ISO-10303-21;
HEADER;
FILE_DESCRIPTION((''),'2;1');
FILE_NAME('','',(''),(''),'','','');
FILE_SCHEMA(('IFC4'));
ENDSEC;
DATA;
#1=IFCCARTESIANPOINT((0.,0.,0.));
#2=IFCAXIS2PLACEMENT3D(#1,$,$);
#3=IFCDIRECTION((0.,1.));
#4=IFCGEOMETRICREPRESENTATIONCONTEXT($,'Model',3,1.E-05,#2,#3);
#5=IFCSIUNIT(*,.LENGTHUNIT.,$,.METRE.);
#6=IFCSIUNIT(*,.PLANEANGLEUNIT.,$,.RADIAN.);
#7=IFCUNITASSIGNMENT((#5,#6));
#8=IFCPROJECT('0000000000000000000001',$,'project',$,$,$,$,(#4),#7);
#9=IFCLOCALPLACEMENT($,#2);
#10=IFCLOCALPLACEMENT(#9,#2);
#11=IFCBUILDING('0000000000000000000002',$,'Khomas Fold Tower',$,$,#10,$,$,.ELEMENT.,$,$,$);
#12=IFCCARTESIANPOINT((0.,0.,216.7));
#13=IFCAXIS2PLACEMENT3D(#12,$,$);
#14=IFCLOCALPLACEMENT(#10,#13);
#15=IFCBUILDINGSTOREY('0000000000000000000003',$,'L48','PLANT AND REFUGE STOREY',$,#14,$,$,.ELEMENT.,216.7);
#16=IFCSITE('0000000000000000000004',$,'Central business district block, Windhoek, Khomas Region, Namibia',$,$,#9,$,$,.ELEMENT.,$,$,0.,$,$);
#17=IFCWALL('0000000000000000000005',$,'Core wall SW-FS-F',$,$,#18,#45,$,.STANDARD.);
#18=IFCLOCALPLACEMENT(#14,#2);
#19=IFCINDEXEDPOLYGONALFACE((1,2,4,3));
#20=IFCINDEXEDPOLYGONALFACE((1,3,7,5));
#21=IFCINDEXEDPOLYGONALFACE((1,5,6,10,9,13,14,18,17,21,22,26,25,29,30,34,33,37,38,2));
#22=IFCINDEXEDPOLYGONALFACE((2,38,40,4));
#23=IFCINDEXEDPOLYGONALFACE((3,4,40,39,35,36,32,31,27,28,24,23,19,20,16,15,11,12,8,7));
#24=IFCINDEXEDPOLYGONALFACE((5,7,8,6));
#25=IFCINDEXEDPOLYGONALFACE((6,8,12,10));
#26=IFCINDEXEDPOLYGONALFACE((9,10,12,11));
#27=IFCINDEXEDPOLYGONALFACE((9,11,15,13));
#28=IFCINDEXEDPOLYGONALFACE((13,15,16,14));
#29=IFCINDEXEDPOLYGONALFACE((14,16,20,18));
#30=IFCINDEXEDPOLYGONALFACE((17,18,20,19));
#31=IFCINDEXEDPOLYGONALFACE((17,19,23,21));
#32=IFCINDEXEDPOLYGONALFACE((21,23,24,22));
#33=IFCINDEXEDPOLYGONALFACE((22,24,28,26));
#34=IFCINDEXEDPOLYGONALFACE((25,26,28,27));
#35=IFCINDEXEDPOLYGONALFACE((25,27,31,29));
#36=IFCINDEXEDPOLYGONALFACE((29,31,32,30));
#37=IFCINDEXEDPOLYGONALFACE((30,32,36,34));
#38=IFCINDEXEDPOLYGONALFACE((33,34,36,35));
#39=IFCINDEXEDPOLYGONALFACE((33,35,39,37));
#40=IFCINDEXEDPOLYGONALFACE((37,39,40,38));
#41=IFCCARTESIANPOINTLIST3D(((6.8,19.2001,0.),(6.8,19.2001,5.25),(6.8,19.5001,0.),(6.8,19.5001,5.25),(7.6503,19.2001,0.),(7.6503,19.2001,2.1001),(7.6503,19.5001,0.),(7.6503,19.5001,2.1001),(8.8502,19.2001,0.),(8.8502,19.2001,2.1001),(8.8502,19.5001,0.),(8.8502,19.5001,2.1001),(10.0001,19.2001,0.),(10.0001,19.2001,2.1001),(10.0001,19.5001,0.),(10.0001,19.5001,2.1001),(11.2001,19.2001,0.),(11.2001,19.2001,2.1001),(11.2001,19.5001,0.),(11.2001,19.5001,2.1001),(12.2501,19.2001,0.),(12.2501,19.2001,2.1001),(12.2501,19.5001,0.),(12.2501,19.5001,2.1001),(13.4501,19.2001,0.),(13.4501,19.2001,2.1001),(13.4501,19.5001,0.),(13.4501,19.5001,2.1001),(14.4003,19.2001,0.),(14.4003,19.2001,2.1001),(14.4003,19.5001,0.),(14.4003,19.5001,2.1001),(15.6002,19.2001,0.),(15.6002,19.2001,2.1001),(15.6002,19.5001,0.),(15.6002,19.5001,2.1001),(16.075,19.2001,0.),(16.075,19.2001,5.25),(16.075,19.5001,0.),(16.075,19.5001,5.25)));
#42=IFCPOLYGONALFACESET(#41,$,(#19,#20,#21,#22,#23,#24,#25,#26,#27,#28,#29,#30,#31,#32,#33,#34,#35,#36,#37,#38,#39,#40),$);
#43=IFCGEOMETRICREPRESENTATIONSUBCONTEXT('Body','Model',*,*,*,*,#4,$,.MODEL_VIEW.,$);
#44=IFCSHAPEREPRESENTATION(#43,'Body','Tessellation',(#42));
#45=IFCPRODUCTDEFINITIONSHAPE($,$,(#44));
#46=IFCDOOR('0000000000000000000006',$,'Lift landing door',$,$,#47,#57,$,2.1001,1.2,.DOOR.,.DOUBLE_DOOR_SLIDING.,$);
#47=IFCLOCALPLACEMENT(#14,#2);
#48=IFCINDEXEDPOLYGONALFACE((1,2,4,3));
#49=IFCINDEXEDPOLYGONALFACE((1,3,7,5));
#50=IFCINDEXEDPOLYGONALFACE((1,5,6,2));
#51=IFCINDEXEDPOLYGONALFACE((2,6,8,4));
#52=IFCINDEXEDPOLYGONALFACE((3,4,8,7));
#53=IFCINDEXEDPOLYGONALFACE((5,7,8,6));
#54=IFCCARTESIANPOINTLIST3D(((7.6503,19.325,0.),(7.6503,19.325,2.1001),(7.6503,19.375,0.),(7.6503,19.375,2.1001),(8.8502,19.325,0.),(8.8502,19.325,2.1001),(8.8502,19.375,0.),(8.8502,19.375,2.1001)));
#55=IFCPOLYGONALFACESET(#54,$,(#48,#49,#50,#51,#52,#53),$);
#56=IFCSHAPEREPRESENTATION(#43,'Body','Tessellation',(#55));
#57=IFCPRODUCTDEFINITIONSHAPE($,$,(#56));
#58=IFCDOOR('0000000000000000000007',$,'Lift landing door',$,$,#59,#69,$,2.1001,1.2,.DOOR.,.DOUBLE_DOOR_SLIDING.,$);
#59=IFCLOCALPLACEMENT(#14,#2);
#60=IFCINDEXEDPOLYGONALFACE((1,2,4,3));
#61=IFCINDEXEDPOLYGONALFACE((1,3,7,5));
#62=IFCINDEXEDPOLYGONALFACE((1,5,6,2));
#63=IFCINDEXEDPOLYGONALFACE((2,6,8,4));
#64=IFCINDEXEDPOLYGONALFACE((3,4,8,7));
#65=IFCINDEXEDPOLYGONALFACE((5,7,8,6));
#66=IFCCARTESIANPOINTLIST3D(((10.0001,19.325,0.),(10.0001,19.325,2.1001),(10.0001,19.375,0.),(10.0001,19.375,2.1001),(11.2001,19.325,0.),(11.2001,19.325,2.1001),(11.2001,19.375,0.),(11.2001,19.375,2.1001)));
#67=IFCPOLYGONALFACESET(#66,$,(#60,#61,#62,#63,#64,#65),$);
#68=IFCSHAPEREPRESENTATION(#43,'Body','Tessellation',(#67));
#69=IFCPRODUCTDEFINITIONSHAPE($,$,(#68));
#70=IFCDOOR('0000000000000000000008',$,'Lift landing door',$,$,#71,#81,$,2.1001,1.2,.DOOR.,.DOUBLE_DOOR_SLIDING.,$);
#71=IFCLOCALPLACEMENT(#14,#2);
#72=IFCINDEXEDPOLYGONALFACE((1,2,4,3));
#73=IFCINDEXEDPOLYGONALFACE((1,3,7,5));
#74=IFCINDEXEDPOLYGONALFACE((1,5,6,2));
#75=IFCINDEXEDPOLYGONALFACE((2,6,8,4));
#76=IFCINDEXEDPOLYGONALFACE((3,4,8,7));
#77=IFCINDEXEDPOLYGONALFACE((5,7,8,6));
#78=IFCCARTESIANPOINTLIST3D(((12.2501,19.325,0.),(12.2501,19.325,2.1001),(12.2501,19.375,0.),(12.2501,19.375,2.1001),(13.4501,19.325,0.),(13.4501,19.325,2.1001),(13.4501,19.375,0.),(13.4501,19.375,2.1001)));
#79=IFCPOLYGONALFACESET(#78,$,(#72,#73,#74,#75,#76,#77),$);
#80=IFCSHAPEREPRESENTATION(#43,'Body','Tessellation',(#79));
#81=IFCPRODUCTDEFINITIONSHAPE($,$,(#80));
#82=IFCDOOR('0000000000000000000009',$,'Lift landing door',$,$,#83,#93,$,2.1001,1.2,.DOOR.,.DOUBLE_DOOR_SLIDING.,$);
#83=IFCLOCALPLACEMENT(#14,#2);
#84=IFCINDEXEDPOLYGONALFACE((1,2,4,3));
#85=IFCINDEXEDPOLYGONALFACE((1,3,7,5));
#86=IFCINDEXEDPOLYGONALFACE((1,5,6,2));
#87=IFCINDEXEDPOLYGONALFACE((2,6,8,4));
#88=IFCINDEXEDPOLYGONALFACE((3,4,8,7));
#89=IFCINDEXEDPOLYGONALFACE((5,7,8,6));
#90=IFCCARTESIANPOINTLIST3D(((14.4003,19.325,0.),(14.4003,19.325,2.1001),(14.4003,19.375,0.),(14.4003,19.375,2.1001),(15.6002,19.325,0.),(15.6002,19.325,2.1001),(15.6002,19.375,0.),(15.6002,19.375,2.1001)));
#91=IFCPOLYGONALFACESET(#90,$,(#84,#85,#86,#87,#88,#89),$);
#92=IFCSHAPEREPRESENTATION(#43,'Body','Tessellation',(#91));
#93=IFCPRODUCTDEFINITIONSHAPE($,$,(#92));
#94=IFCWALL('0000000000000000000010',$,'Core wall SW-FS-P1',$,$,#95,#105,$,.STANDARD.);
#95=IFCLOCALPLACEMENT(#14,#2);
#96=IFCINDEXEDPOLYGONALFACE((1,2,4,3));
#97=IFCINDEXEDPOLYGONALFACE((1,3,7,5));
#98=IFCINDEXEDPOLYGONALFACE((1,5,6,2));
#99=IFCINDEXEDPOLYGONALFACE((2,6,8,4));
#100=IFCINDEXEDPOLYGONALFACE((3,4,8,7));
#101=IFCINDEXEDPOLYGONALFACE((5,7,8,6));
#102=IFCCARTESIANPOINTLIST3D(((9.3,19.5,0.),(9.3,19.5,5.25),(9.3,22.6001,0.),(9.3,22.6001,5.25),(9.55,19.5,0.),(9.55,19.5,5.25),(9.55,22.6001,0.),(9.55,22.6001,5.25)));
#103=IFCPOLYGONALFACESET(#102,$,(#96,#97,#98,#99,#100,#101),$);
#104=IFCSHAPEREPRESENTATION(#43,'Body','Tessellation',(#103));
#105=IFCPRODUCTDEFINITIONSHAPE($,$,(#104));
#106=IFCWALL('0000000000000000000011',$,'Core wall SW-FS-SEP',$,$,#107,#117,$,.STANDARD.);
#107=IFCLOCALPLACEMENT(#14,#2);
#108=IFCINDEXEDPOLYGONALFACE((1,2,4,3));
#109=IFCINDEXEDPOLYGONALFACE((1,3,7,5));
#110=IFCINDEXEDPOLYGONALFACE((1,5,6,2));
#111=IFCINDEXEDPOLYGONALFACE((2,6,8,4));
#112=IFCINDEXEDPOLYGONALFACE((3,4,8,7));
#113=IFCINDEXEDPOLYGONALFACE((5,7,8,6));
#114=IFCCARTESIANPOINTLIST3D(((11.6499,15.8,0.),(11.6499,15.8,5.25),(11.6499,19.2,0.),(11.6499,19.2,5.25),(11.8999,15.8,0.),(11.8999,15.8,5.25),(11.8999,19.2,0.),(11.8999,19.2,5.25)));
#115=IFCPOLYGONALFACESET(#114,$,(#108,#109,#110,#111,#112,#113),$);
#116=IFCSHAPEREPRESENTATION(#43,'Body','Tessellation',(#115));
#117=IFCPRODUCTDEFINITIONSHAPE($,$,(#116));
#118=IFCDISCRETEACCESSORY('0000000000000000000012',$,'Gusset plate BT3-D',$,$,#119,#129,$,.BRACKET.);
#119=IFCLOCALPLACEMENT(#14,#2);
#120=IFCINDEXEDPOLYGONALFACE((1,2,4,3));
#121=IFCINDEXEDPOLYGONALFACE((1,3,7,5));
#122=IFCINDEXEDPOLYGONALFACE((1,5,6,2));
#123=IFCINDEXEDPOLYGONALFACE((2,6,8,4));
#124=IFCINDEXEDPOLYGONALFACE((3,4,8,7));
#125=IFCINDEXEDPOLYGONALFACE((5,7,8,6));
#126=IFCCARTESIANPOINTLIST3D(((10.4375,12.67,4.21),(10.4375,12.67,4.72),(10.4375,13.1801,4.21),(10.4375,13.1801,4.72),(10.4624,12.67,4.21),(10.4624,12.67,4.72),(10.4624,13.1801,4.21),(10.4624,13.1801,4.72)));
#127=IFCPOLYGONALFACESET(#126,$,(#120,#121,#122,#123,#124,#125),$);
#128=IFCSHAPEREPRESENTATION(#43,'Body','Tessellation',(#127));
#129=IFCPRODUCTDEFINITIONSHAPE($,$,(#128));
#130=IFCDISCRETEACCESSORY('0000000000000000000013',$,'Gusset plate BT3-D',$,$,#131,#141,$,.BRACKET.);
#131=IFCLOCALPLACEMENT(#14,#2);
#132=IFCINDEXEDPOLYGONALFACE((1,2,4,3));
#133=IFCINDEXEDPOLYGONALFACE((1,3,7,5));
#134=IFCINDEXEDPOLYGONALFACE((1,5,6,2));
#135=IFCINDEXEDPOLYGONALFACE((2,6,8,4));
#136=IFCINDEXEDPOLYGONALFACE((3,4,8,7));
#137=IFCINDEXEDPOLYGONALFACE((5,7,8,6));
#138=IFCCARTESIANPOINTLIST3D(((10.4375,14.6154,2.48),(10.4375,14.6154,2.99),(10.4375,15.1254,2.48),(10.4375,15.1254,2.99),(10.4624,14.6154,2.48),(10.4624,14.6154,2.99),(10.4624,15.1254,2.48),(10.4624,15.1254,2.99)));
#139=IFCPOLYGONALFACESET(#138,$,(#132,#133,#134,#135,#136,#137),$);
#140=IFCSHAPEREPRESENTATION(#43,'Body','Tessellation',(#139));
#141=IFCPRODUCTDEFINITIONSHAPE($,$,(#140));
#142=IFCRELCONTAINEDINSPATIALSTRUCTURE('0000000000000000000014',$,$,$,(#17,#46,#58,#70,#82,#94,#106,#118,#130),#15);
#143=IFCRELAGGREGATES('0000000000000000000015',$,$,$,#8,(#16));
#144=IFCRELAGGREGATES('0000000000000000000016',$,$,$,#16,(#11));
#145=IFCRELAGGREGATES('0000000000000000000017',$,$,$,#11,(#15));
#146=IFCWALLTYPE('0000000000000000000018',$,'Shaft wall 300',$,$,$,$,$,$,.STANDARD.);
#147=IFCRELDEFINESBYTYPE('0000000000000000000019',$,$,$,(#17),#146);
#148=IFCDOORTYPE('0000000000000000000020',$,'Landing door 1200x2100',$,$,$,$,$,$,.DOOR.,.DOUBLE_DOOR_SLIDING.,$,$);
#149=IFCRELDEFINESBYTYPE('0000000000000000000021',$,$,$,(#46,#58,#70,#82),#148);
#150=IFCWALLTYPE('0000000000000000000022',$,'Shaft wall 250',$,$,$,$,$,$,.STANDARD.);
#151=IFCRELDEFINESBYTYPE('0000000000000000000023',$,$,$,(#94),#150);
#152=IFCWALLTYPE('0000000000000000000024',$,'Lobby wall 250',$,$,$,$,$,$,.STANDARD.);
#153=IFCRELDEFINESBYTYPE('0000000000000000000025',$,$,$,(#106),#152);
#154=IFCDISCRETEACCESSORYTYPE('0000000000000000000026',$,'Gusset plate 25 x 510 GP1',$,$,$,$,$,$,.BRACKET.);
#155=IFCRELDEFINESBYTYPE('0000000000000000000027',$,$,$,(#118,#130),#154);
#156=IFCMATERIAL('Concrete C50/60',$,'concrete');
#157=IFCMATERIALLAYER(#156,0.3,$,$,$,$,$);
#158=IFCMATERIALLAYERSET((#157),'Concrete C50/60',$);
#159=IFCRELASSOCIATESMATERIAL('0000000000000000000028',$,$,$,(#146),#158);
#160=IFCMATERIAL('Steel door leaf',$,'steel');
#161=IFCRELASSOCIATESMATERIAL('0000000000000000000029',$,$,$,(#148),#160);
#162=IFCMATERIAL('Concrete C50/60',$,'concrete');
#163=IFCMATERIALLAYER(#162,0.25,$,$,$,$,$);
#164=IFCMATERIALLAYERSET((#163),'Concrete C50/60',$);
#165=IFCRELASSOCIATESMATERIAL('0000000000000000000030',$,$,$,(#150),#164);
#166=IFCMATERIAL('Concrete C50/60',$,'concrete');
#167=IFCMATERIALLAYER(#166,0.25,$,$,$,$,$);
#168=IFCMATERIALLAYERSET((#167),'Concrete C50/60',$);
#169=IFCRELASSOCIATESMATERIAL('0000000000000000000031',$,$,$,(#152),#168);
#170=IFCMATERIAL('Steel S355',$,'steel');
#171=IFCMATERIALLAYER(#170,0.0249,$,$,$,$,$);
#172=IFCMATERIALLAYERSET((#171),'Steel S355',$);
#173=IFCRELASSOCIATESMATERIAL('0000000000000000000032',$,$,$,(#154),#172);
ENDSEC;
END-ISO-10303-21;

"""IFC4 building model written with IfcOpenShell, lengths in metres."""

from ifc_helpers import new_model, si_unit, direction, frame, frame_2d, origin, origin_2d, place, context, subcontext, project, spatial, rectangle, extrude, source, transform, mapped, material, layer, layer_set, type_object, element, fill, save


model = new_model("IFC4")

# Units and contexts
model_context = context("Model", 3, precision=1e-05, world=origin(), true_north=direction((0.0, 1.0)))
body_context = subcontext(model_context, "Body", "Model", "MODEL_VIEW")
ifc_project = project(units=[si_unit("LENGTHUNIT", "METRE"), si_unit("PLANEANGLEUNIT", "RADIAN")], contexts=[model_context])

# Site, building, storey
site_placement = place(None, origin())
site = spatial("IfcSite", under=ifc_project, at=site_placement, Name="Central business district block, Windhoek, Khomas Region, Namibia", CompositionType="ELEMENT", RefElevation=0.0)
building_placement = place(site_placement, origin())
building = spatial("IfcBuilding", under=site, at=building_placement, Name="Khomas Fold Tower", CompositionType="ELEMENT")
storey_placement = place(building_placement, frame((0.0, 0.0, 216.7)))
storey = spatial("IfcBuildingStorey", under=building, at=storey_placement, Name="L48", Description="PLANT AND REFUGE STOREY", CompositionType="ELEMENT", Elevation=216.7)

# Wall, openings, doors
ifc_material_1 = material(Name="Concrete C50/60", Category="concrete")
ifc_layer_1 = layer(ifc_material_1, 0.3)
ifc_layer_set_1 = layer_set([ifc_layer_1], Name="Concrete C50/60")
wall_type_1 = type_object("IfcWallType", Name="Shaft wall 300", PredefinedType="STANDARD", material=ifc_layer_set_1)
shared_shape_1 = source(origin(), body_context, "Body", "SweptSolid", [
    extrude(rectangle(XDim=9.2749, YDim=0.3, at=frame_2d((4.6375, 0.0))), origin(), (0.0, 0.0, 1.0), 5.25),
])
wall_1_placement = place(storey_placement, frame((6.8, 19.3501, 0.0), z_axis=(0.0, 0.0, 1.0), x_axis=(1.0, 0.0, 0.0)))
wall_1 = element("IfcWall", 1, at=wall_1_placement, inside=storey, type_object=wall_type_1, Name="Core wall SW-FS-F", PredefinedType="STANDARD", context=body_context, shape_type="MappedRepresentation", body=[
    mapped(shared_shape_1, transform((0.0, 0.0, 0.0))),
])
shared_shape_2 = source(origin(), body_context, "Body", "SweptSolid", [
    extrude(rectangle(XDim=1.2, YDim=2.1001, at=frame_2d((0.6001, 1.05))), frame((0.0, 0.1599, 0.0), z_axis=(0.0, -1.0, 0.0), x_axis=(1.0, 0.0, 0.0)), (0.0, 0.0, 1.0), 0.3201),
])
opening_1_placement = place(wall_1_placement, frame((0.8501, 0.0, 0.0)))
opening_1 = element("IfcOpeningElement", 2, at=opening_1_placement, cuts=wall_1, PredefinedType="OPENING", context=body_context, shape_type="MappedRepresentation", body=[
    mapped(shared_shape_2, transform((0.0, 0.0, 0.0))),
])
opening_2_placement = place(wall_1_placement, frame((3.2, 0.0, 0.0)))
opening_2 = element("IfcOpeningElement", 3, at=opening_2_placement, cuts=wall_1, PredefinedType="OPENING", context=body_context, shape_type="MappedRepresentation", body=[
    mapped(shared_shape_2, transform((0.0, 0.0, 0.0))),
])
opening_3_placement = place(wall_1_placement, frame((5.45, 0.0, 0.0)))
opening_3 = element("IfcOpeningElement", 4, at=opening_3_placement, cuts=wall_1, PredefinedType="OPENING", context=body_context, shape_type="MappedRepresentation", body=[
    mapped(shared_shape_2, transform((0.0, 0.0, 0.0))),
])
opening_4_placement = place(wall_1_placement, frame((7.6001, 0.0, 0.0)))
opening_4 = element("IfcOpeningElement", 5, at=opening_4_placement, cuts=wall_1, PredefinedType="OPENING", context=body_context, shape_type="MappedRepresentation", body=[
    mapped(shared_shape_2, transform((0.0, 0.0, 0.0))),
])
ifc_material_2 = material(Name="Steel door leaf", Category="steel")
door_type_1 = type_object("IfcDoorType", Name="Landing door 1200x2100", OperationType="DOUBLE_DOOR_SLIDING", PredefinedType="DOOR", material=ifc_material_2)
shared_shape_3 = source(origin(), body_context, "Body", "SweptSolid", [
    extrude(rectangle(XDim=1.2, YDim=2.1001, at=frame_2d((0.6001, 1.05))), frame((0.0, 0.0249, 0.0), z_axis=(0.0, -1.0, 0.0), x_axis=(1.0, 0.0, 0.0)), (0.0, 0.0, 1.0), 0.05),
])
door_1_placement = place(opening_1_placement, origin())
door_1 = element("IfcDoor", 6, at=door_1_placement, inside=storey, type_object=door_type_1, Name="Lift landing door", OperationType="DOUBLE_DOOR_SLIDING", OverallHeight=2.1001, OverallWidth=1.2, PredefinedType="DOOR", context=body_context, shape_type="MappedRepresentation", body=[
    mapped(shared_shape_3, transform((0.0, 0.0, 0.0))),
])
fill(opening_1, door_1)
door_2_placement = place(opening_2_placement, origin())
door_2 = element("IfcDoor", 7, at=door_2_placement, inside=storey, type_object=door_type_1, Name="Lift landing door", OperationType="DOUBLE_DOOR_SLIDING", OverallHeight=2.1001, OverallWidth=1.2, PredefinedType="DOOR", context=body_context, shape_type="MappedRepresentation", body=[
    mapped(shared_shape_3, transform((0.0, 0.0, 0.0))),
])
fill(opening_2, door_2)
door_3_placement = place(opening_3_placement, origin())
door_3 = element("IfcDoor", 8, at=door_3_placement, inside=storey, type_object=door_type_1, Name="Lift landing door", OperationType="DOUBLE_DOOR_SLIDING", OverallHeight=2.1001, OverallWidth=1.2, PredefinedType="DOOR", context=body_context, shape_type="MappedRepresentation", body=[
    mapped(shared_shape_3, transform((0.0, 0.0, 0.0))),
])
fill(opening_3, door_3)
door_4_placement = place(opening_4_placement, origin())
door_4 = element("IfcDoor", 9, at=door_4_placement, inside=storey, type_object=door_type_1, Name="Lift landing door", OperationType="DOUBLE_DOOR_SLIDING", OverallHeight=2.1001, OverallWidth=1.2, PredefinedType="DOOR", context=body_context, shape_type="MappedRepresentation", body=[
    mapped(shared_shape_3, transform((0.0, 0.0, 0.0))),
])
fill(opening_4, door_4)

# Walls
ifc_material_3 = material(Name="Concrete C50/60", Category="concrete")
ifc_layer_2 = layer(ifc_material_3, 0.25)
ifc_layer_set_2 = layer_set([ifc_layer_2], Name="Concrete C50/60")
wall_type_2 = type_object("IfcWallType", Name="Shaft wall 250", PredefinedType="STANDARD", material=ifc_layer_set_2)
shared_shape_4 = source(origin(), body_context, "Body", "SweptSolid", [
    extrude(rectangle(XDim=3.1001, YDim=0.25, at=frame_2d((1.55, 0.0))), origin(), (0.0, 0.0, 1.0), 5.25),
])
wall_2_placement = place(storey_placement, frame((9.425, 19.5, 0.0), z_axis=(0.0, 0.0, 1.0), x_axis=(0.0, 1.0, 0.0)))
element("IfcWall", 10, at=wall_2_placement, inside=storey, type_object=wall_type_2, Name="Core wall SW-FS-P1", PredefinedType="STANDARD", context=body_context, shape_type="MappedRepresentation", body=[
    mapped(shared_shape_4, transform((0.0, 0.0, 0.0))),
])
ifc_material_4 = material(Name="Concrete C50/60", Category="concrete")
ifc_layer_3 = layer(ifc_material_4, 0.25)
ifc_layer_set_3 = layer_set([ifc_layer_3], Name="Concrete C50/60")
wall_type_3 = type_object("IfcWallType", Name="Lobby wall 250", PredefinedType="STANDARD", material=ifc_layer_set_3)
shared_shape_5 = source(origin(), body_context, "Body", "SweptSolid", [
    extrude(rectangle(XDim=3.3999, YDim=0.25, at=frame_2d((1.7, 0.0))), origin(), (0.0, 0.0, 1.0), 5.25),
])
wall_3_placement = place(storey_placement, frame((11.7749, 15.8, 0.0), z_axis=(0.0, 0.0, 1.0), x_axis=(0.0, 1.0, 0.0)))
element("IfcWall", 11, at=wall_3_placement, inside=storey, type_object=wall_type_3, Name="Core wall SW-FS-SEP", PredefinedType="STANDARD", context=body_context, shape_type="MappedRepresentation", body=[
    mapped(shared_shape_5, transform((0.0, 0.0, 0.0))),
])

# Discrete accessories
ifc_material_5 = material(Name="Steel S355", Category="steel")
ifc_layer_4 = layer(ifc_material_5, 0.0249)
ifc_layer_set_4 = layer_set([ifc_layer_4], Name="Steel S355")
discrete_accessory_type = type_object("IfcDiscreteAccessoryType", Name="Gusset plate 25 x 510 GP1", PredefinedType="BRACKET", material=ifc_layer_set_4)
shared_shape_6 = source(origin(), body_context, "Body", "SweptSolid", [
    extrude(rectangle(XDim=0.51, YDim=0.0249, at=origin_2d()), origin(), (0.0, 0.0, 1.0), 0.51),
])
for number, where, z_axis, x_axis, name in (
    (12, (10.45, 12.925, 4.21), (0.0, 0.0, 1.0), (0.0, 1.0, 0.0), "Gusset plate BT3-D"),
    (13, (10.45, 14.8704, 2.48), (0.0, 0.0, 1.0), (0.0, 1.0, 0.0), "Gusset plate BT3-D"),
):
    element("IfcDiscreteAccessory", number, at=place(storey_placement, frame(where, z_axis=z_axis, x_axis=x_axis)), inside=storey, type_object=discrete_accessory_type, Name=name, PredefinedType="BRACKET", context=body_context, shape_type="MappedRepresentation", body=[
        mapped(shared_shape_6, transform((0.0, 0.0, 0.0))),
    ])

save(model, "model.ifc")
